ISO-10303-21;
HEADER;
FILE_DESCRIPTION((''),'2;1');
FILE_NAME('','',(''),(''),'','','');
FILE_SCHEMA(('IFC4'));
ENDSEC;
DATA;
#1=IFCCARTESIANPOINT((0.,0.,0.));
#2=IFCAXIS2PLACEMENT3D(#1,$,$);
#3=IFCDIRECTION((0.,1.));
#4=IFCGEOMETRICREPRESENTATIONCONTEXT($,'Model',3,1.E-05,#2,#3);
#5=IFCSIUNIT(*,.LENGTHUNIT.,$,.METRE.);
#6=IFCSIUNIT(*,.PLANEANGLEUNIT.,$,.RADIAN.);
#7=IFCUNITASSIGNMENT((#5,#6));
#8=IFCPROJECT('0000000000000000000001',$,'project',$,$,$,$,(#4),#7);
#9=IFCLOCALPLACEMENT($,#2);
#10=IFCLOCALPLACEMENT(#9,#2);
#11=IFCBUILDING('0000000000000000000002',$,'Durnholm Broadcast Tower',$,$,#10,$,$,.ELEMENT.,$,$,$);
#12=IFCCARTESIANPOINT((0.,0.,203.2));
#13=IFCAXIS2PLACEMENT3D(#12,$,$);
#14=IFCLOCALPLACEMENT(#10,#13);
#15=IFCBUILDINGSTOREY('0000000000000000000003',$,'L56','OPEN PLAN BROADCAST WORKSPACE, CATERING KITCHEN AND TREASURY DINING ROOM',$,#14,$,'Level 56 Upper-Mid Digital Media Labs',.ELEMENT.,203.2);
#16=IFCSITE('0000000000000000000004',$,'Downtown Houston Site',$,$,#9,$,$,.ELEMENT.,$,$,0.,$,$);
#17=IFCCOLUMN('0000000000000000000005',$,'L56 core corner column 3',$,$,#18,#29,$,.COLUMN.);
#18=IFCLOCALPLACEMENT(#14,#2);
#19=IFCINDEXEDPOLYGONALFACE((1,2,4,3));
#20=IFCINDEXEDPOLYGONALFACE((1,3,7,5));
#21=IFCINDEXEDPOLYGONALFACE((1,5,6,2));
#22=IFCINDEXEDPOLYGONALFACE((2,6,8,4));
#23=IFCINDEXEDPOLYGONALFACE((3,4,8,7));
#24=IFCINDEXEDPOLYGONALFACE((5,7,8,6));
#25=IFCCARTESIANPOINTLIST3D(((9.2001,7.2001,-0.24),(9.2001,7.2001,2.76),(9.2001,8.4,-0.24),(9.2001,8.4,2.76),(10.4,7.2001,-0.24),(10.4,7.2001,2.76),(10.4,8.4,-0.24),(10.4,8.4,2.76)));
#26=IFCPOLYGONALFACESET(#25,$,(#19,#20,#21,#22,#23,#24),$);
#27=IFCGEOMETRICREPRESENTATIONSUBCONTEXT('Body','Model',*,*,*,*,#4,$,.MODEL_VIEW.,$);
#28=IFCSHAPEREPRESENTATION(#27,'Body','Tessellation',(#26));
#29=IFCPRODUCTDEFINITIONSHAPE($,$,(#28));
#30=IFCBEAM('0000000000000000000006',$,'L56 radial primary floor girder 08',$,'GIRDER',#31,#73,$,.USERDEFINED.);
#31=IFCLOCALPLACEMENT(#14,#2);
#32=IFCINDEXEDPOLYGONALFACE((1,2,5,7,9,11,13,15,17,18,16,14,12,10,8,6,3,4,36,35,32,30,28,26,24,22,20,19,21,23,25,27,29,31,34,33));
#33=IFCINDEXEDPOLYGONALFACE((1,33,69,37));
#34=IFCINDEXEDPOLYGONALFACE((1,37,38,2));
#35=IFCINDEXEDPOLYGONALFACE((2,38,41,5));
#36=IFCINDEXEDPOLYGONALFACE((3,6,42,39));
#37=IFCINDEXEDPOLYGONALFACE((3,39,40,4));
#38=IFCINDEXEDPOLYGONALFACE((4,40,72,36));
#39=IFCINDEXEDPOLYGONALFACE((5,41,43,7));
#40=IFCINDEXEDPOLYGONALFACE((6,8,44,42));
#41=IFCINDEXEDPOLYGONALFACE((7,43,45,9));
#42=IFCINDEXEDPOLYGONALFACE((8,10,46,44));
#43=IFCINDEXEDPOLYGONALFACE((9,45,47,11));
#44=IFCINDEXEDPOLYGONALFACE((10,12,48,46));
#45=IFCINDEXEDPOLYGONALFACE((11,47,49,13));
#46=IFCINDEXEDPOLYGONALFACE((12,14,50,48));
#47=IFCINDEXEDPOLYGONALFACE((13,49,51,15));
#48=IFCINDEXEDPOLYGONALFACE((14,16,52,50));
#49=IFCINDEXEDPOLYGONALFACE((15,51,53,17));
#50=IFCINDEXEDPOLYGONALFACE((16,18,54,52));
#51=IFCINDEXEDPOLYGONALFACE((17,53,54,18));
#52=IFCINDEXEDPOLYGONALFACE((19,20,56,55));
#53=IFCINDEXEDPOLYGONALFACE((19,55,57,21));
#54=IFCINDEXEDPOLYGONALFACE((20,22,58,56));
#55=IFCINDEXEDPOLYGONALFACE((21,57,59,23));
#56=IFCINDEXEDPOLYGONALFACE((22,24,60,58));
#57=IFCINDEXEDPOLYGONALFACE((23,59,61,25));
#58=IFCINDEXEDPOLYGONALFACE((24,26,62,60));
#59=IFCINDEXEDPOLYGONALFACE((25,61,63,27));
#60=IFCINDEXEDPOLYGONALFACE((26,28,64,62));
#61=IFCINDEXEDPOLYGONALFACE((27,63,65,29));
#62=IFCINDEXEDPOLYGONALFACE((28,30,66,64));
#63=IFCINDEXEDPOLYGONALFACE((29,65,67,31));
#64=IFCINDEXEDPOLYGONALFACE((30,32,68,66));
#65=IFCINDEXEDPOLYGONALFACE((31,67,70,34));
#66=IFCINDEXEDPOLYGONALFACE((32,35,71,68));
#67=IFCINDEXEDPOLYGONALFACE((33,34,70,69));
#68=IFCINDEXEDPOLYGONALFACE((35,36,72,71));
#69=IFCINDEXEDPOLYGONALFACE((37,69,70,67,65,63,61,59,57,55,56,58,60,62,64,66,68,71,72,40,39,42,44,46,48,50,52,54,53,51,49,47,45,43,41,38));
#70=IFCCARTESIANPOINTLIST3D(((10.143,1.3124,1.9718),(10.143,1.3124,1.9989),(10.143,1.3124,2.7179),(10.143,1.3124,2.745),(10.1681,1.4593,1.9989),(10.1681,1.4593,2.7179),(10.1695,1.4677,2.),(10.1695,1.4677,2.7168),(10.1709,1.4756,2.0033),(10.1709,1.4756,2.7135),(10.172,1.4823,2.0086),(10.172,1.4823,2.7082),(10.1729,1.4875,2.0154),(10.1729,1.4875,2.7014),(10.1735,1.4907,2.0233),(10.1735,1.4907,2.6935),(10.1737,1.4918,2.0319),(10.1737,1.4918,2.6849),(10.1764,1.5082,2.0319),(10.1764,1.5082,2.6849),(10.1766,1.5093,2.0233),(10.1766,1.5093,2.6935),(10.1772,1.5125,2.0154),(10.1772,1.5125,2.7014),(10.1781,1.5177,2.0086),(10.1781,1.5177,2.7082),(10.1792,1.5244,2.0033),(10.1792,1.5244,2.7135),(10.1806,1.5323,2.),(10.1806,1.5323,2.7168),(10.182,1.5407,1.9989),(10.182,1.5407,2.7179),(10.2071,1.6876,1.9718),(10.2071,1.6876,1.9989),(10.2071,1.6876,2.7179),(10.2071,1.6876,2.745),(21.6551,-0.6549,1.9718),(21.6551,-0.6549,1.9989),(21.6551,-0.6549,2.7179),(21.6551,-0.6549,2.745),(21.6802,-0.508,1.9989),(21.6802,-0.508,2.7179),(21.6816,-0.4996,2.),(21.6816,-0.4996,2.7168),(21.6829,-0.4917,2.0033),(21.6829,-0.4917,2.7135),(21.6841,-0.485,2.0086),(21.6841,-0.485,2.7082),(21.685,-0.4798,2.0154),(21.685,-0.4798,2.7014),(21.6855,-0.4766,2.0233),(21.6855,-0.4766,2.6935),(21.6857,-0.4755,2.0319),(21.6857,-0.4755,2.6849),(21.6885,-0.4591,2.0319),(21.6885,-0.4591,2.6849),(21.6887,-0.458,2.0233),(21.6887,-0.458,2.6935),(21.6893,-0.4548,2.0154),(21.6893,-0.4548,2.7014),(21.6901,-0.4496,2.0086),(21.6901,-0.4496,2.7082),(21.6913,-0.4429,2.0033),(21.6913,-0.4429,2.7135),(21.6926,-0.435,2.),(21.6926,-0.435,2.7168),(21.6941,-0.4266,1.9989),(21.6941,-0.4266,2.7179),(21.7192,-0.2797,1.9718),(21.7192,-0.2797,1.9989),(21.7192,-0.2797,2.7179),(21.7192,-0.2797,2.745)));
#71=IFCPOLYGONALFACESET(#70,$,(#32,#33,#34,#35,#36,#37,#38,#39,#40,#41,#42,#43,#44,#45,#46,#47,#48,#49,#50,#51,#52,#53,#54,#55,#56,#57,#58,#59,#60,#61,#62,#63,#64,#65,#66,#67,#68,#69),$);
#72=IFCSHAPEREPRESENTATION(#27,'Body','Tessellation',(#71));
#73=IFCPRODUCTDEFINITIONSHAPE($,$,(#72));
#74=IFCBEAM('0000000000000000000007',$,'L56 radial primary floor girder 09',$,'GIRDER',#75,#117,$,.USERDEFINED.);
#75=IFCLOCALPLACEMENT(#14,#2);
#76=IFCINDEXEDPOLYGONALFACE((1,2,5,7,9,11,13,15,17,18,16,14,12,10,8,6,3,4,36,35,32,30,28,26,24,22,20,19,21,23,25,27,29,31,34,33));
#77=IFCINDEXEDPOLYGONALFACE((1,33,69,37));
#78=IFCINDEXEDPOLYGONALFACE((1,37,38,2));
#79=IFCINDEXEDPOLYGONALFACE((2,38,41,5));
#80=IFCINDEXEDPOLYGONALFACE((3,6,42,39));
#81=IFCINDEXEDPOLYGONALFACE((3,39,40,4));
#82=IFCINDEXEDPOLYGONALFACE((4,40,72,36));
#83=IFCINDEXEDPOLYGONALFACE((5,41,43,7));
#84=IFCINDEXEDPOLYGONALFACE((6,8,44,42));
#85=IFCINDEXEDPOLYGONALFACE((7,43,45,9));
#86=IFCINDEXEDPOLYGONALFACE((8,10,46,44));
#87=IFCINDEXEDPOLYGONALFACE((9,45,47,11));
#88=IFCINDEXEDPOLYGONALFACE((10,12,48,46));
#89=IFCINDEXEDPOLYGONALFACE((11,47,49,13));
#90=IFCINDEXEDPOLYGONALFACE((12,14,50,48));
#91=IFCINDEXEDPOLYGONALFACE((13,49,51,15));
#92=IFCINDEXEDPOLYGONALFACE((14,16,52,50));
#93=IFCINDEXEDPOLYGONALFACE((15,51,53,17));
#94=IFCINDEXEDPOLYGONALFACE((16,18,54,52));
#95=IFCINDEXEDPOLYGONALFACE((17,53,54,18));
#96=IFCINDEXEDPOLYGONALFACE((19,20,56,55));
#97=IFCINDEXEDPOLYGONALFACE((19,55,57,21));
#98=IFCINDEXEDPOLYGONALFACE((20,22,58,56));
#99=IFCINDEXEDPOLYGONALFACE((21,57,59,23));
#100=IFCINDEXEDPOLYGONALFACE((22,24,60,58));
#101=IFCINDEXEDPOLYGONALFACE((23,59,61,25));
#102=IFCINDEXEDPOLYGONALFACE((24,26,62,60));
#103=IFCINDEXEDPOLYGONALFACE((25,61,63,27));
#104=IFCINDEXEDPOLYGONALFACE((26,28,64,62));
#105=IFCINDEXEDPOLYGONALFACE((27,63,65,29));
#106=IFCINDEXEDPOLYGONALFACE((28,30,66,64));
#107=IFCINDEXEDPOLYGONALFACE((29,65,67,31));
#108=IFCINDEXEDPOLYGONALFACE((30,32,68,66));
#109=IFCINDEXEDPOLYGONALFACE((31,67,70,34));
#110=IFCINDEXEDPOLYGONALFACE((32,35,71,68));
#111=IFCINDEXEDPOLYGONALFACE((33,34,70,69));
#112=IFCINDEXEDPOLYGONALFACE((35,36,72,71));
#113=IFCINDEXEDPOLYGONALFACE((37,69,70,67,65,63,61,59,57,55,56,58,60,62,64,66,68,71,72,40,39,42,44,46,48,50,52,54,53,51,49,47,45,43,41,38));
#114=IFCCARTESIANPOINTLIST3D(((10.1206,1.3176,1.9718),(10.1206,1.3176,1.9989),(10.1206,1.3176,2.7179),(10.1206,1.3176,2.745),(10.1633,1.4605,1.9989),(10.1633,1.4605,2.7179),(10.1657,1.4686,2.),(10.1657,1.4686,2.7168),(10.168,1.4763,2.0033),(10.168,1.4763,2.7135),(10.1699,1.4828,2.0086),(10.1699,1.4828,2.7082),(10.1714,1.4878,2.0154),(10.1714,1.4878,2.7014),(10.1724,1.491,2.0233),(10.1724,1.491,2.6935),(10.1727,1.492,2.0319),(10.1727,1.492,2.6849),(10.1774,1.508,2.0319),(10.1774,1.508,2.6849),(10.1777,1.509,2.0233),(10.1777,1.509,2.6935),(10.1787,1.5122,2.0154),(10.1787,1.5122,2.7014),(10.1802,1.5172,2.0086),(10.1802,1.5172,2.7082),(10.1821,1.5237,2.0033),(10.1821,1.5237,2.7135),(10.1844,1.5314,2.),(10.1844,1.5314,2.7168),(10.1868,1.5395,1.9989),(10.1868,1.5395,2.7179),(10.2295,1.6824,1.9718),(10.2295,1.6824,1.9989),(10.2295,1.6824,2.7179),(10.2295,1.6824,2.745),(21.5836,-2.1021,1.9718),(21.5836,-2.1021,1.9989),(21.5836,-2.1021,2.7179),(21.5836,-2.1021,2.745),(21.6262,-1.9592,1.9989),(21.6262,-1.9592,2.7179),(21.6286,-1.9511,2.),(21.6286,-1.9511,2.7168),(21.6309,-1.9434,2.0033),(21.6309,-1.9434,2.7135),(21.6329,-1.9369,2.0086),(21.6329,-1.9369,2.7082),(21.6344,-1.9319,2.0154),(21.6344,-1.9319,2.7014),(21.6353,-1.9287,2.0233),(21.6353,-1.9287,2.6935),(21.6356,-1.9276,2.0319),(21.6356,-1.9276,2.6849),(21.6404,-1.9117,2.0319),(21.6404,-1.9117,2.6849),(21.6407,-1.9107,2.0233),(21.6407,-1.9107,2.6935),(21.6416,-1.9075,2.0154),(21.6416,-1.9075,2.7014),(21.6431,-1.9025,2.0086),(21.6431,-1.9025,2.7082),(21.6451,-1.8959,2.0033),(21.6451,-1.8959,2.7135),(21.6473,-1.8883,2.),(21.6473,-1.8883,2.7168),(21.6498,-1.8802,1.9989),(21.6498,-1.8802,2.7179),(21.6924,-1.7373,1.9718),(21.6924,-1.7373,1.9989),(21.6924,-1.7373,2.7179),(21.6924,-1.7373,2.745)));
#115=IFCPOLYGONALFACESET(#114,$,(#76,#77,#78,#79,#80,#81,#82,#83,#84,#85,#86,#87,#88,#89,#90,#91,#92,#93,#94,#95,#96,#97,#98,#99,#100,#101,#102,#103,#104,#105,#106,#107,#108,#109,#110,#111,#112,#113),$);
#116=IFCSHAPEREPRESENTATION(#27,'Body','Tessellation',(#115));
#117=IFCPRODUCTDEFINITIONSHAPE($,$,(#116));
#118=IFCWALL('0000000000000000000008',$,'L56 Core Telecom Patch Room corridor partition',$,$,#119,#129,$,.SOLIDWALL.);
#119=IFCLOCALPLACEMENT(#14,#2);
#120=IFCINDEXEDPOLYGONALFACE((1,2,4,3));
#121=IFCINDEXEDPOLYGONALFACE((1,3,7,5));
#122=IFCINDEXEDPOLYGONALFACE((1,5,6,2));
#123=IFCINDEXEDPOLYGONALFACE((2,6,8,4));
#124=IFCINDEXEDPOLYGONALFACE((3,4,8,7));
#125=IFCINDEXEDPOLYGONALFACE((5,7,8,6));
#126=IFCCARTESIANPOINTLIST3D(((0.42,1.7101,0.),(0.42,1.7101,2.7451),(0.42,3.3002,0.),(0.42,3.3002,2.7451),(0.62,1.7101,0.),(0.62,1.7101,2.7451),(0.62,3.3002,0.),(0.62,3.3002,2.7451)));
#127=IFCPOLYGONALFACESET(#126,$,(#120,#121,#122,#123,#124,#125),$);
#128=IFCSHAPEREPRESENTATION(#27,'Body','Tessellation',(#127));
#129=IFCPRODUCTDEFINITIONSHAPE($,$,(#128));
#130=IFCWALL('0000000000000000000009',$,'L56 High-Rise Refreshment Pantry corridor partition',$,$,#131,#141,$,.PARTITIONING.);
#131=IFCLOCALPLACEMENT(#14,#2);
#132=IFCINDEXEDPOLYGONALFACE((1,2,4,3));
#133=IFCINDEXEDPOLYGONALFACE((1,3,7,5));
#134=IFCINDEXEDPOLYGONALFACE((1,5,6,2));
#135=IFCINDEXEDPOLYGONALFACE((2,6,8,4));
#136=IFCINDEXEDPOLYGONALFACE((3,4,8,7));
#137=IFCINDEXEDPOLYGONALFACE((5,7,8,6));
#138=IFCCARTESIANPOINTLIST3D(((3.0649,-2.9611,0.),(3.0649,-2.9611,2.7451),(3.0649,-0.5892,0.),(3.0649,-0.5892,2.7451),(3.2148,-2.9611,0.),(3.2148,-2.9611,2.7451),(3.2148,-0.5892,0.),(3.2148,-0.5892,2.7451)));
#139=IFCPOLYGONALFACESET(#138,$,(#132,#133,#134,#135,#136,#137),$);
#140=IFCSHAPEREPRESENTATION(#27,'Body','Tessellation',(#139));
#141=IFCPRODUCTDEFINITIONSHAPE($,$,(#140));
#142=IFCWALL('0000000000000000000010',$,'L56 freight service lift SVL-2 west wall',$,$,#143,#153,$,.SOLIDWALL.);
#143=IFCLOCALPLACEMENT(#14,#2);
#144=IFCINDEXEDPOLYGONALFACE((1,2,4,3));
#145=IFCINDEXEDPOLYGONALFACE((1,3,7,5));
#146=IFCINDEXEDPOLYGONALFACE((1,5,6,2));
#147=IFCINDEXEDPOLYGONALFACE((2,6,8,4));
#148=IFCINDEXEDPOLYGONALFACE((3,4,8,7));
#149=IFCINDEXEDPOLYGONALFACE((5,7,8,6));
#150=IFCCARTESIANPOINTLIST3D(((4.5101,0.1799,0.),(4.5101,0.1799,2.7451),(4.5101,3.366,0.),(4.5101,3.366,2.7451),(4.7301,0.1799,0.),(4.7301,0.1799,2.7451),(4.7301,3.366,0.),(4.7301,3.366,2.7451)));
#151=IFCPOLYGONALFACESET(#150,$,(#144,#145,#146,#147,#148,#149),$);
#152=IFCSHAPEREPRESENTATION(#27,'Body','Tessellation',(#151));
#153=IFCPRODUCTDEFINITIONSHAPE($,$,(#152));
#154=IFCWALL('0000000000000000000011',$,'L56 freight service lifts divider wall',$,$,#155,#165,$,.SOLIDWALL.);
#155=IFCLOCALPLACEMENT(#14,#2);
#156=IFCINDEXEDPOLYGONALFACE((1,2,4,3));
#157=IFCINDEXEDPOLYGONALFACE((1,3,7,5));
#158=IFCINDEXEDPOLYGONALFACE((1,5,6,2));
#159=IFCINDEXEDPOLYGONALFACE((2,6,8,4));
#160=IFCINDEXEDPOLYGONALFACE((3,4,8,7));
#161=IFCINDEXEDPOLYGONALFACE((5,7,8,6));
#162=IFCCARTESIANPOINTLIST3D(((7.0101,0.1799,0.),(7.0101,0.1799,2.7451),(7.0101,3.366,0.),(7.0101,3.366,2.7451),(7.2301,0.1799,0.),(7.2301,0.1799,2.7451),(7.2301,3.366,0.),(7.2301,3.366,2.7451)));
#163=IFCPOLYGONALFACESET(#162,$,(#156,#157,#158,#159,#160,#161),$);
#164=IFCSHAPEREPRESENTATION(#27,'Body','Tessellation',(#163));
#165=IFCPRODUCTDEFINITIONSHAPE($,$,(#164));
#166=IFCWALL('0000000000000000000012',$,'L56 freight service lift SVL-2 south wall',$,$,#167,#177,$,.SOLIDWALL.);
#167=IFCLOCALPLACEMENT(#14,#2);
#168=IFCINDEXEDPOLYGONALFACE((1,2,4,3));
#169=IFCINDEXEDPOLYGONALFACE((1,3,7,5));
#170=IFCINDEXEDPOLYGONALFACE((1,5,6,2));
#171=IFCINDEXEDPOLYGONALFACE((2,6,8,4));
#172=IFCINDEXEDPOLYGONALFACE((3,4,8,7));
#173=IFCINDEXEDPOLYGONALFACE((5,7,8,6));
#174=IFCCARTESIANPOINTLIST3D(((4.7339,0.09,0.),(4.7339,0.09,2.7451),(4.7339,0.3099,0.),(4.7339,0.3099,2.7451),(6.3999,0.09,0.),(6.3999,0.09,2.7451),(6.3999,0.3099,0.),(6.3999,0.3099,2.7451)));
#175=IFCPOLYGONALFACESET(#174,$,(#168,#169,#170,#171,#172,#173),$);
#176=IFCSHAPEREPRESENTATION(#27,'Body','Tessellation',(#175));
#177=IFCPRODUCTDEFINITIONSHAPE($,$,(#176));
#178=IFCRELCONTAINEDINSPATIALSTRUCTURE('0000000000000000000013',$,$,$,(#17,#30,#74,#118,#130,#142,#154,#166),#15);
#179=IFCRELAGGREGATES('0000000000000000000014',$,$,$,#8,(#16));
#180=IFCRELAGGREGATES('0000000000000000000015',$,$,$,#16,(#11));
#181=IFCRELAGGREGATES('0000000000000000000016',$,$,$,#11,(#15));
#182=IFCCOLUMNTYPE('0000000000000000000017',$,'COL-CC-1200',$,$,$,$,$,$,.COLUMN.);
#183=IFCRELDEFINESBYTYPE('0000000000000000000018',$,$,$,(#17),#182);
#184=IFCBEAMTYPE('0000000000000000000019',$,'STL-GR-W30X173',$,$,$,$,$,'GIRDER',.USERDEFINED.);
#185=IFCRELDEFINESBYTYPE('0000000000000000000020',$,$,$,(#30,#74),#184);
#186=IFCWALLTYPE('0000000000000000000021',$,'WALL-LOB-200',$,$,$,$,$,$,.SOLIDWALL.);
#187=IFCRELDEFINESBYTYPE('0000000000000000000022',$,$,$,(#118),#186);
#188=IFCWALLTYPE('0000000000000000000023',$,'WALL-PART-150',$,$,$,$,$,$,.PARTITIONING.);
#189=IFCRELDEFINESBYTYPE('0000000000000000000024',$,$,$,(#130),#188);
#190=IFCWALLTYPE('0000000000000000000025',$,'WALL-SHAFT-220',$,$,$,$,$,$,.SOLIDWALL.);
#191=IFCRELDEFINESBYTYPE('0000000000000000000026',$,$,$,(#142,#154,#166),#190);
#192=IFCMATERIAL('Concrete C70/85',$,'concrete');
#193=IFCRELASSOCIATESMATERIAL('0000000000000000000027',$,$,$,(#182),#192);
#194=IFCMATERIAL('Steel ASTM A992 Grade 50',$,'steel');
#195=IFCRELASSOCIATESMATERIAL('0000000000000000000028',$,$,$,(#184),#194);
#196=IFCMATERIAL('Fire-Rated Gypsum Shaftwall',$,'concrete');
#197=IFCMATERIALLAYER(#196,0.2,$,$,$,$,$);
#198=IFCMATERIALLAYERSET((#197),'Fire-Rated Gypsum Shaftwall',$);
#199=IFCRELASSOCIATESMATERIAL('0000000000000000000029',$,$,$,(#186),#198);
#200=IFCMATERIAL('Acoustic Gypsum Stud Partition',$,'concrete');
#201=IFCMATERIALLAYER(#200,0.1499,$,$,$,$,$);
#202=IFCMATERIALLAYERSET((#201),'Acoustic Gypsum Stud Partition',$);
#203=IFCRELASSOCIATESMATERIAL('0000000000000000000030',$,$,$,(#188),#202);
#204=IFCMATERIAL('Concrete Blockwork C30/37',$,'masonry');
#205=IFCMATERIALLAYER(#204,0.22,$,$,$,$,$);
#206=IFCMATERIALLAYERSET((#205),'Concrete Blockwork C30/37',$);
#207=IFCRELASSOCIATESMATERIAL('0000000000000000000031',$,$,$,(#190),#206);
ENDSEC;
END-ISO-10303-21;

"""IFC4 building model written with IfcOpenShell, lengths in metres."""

from ifc_helpers import new_model, si_unit, direction, frame, frame_2d, origin, origin_2d, place, context, subcontext, project, spatial, rectangle, i_section, extrude, source, transform, mapped, material, layer, layer_set, material_profile, profile_set, type_object, type_shapes, element, save


model = new_model("IFC4")

# Units and contexts
model_context = context("Model", 3, precision=1e-05, world=origin(), true_north=direction((0.0, 1.0)))
body_context = subcontext(model_context, "Body", "Model", "MODEL_VIEW")
ifc_project = project(units=[si_unit("LENGTHUNIT", "METRE"), si_unit("PLANEANGLEUNIT", "RADIAN")], contexts=[model_context])

# Site, building, storey
site_placement = place(None, origin())
site = spatial("IfcSite", under=ifc_project, at=site_placement, Name="Downtown Houston Site", CompositionType="ELEMENT", RefElevation=0.0)
building_placement = place(site_placement, origin())
building = spatial("IfcBuilding", under=site, at=building_placement, Name="Durnholm Broadcast Tower", CompositionType="ELEMENT")
storey_placement = place(building_placement, frame((0.0, 0.0, 203.2)))
storey = spatial("IfcBuildingStorey", under=building, at=storey_placement, Name="L56", Description="OPEN PLAN BROADCAST WORKSPACE, CATERING KITCHEN AND TREASURY DINING ROOM", LongName="Level 56 Upper-Mid Digital Media Labs", CompositionType="ELEMENT", Elevation=203.2)

# Column
ifc_material_1 = material(Name="Concrete C70/85", Category="concrete")
ifc_material_profile_1 = material_profile(ifc_material_1, rectangle(XDim=1.2, YDim=1.2, at=origin_2d()), Name="RC1200X1200")
ifc_profile_set_1 = profile_set([ifc_material_profile_1], Name="Concrete C70/85")
column_type = type_object("IfcColumnType", Name="COL-CC-1200", PredefinedType="COLUMN", material=ifc_profile_set_1)
shared_shape_1 = source(origin(), body_context, "Body", "SweptSolid", [
    extrude(rectangle(XDim=1.2, YDim=1.2, at=origin_2d()), origin(), (0.0, 0.0, 1.0), 3.0),
])
type_shapes(column_type, [shared_shape_1])
column_placement = place(storey_placement, frame((9.8, 7.8, -0.24), z_axis=(0.0, 0.0, 1.0), x_axis=(1.0, 0.0, 0.0)))
element("IfcColumn", 1, at=column_placement, inside=storey, type_object=column_type, Name="L56 core corner column 3", PredefinedType="COLUMN", context=body_context, shape_type="MappedRepresentation", body=[
    mapped(shared_shape_1, transform((0.0, 0.0, 0.0), x_axis=(1.0, 0.0, 0.0), y_axis=(0.0, 1.0, 0.0), z_axis=(0.0, 0.0, 1.0), scale=1.0)),
])

# Beams
ifc_material_2 = material(Name="Steel ASTM A992 Grade 50", Category="steel")
ifc_material_profile_2 = material_profile(ifc_material_2, i_section(OverallWidth=0.3806, OverallDepth=0.7732, WebThickness=0.0166, FlangeThickness=0.0271, FilletRadius=0.033, at=origin_2d()), Name="W30X173")
ifc_profile_set_2 = profile_set([ifc_material_profile_2], Name="Steel ASTM A992 Grade 50")
beam_type = type_object("IfcBeamType", Name="STL-GR-W30X173", ElementType="GIRDER", PredefinedType="USERDEFINED", material=ifc_profile_set_2)
shared_shape_2 = source(origin(), body_context, "Body", "SweptSolid", [
    extrude(i_section(OverallWidth=0.3806, OverallDepth=0.7732, WebThickness=0.0166, FlangeThickness=0.0271, FilletRadius=0.033, at=origin_2d()), origin(), (0.0, 0.0, 1.0), 11.679),
])
beam_1_placement = place(storey_placement, frame((10.175, 1.5, 2.3584), z_axis=(0.98571, -0.168449, 0.0), x_axis=(0.168449, 0.98571, 0.0)))
element("IfcBeam", 2, at=beam_1_placement, inside=storey, type_object=beam_type, Name="L56 radial primary floor girder 08", ObjectType="GIRDER", PredefinedType="USERDEFINED", context=body_context, shape_type="MappedRepresentation", body=[
    mapped(shared_shape_2, transform((0.0, 0.0, 0.0), x_axis=(1.0, 0.0, 0.0), y_axis=(0.0, 1.0, 0.0), z_axis=(0.0, 0.0, 1.0), scale=1.0)),
])
shared_shape_3 = source(origin(), body_context, "Body", "SweptSolid", [
    extrude(i_section(OverallWidth=0.3806, OverallDepth=0.7732, WebThickness=0.0166, FlangeThickness=0.0271, FilletRadius=0.033, at=origin_2d()), origin(), (0.0, 0.0, 1.0), 11.9622),
])
type_shapes(beam_type, [shared_shape_2, shared_shape_3])
beam_2_placement = place(storey_placement, frame((10.175, 1.5, 2.3584), z_axis=(0.958267, -0.285876, 0.0), x_axis=(0.285876, 0.958267, 0.0)))
element("IfcBeam", 3, at=beam_2_placement, inside=storey, type_object=beam_type, Name="L56 radial primary floor girder 09", ObjectType="GIRDER", PredefinedType="USERDEFINED", context=body_context, shape_type="MappedRepresentation", body=[
    mapped(shared_shape_3, transform((0.0, 0.0, 0.0), x_axis=(1.0, 0.0, 0.0), y_axis=(0.0, 1.0, 0.0), z_axis=(0.0, 0.0, 1.0), scale=1.0)),
])

# Walls
ifc_material_3 = material(Name="Fire-Rated Gypsum Shaftwall", Category="concrete")
ifc_layer_1 = layer(ifc_material_3, 0.2)
ifc_layer_set_1 = layer_set([ifc_layer_1], Name="Fire-Rated Gypsum Shaftwall")
wall_type_1 = type_object("IfcWallType", Name="WALL-LOB-200", PredefinedType="SOLIDWALL", material=ifc_layer_set_1)
wall_1_placement = place(storey_placement, frame((0.52, 3.3, 0.0), z_axis=(0.0, 0.0, 1.0), x_axis=(0.0, -1.0, 0.0)))
element("IfcWall", 4, at=wall_1_placement, inside=storey, type_object=wall_type_1, Name="L56 Core Telecom Patch Room corridor partition", PredefinedType="SOLIDWALL", context=body_context, shape_type="SweptSolid", body=[
    extrude(rectangle(XDim=1.5901, YDim=0.2, at=frame_2d((0.7949, 0.0))), origin(), (0.0, 0.0, 1.0), 2.7451),
])
ifc_material_4 = material(Name="Acoustic Gypsum Stud Partition", Category="concrete")
ifc_layer_2 = layer(ifc_material_4, 0.1499)
ifc_layer_set_2 = layer_set([ifc_layer_2], Name="Acoustic Gypsum Stud Partition")
wall_type_2 = type_object("IfcWallType", Name="WALL-PART-150", PredefinedType="PARTITIONING", material=ifc_layer_set_2)
wall_2_placement = place(storey_placement, frame((3.1399, -0.5891, 0.0), z_axis=(0.0, 0.0, 1.0), x_axis=(0.0, -1.0, 0.0)))
element("IfcWall", 5, at=wall_2_placement, inside=storey, type_object=wall_type_2, Name="L56 High-Rise Refreshment Pantry corridor partition", PredefinedType="PARTITIONING", context=body_context, shape_type="SweptSolid", body=[
    extrude(rectangle(XDim=2.3718, YDim=0.1499, at=frame_2d((1.186, 0.0))), origin(), (0.0, 0.0, 1.0), 2.7451),
])

# Shared definitions
ifc_material_5 = material(Name="Concrete Blockwork C30/37", Category="masonry")
ifc_layer_3 = layer(ifc_material_5, 0.22)
ifc_layer_set_3 = layer_set([ifc_layer_3], Name="Concrete Blockwork C30/37")
wall_type_3 = type_object("IfcWallType", Name="WALL-SHAFT-220", PredefinedType="SOLIDWALL", material=ifc_layer_set_3)

# Walls
for number, where, z_axis, x_axis, name in (
    (6, (4.6201, 0.1799, 0.0), (0.0, 0.0, 1.0), (0.0, 1.0, 0.0), "L56 freight service lift SVL-2 west wall"),
    (7, (7.1201, 0.1799, 0.0), (0.0, 0.0, 1.0), (0.0, 1.0, 0.0), "L56 freight service lifts divider wall"),
):
    element("IfcWall", number, at=place(storey_placement, frame(where, z_axis=z_axis, x_axis=x_axis)), inside=storey, type_object=wall_type_3, Name=name, PredefinedType="SOLIDWALL", context=body_context, shape_type="SweptSolid", body=[
        extrude(rectangle(XDim=3.186, YDim=0.22, at=frame_2d((1.593, 0.0))), origin(), (0.0, 0.0, 1.0), 2.7451),
    ])
wall_3_placement = place(storey_placement, frame((4.7339, 0.2, 0.0), z_axis=(0.0, 0.0, 1.0), x_axis=(1.0, 0.0, 0.0)))
element("IfcWall", 8, at=wall_3_placement, inside=storey, type_object=wall_type_3, Name="L56 freight service lift SVL-2 south wall", PredefinedType="SOLIDWALL", context=body_context, shape_type="SweptSolid", body=[
    extrude(rectangle(XDim=1.666, YDim=0.22, at=frame_2d((0.833, 0.0))), origin(), (0.0, 0.0, 1.0), 2.7451),
])

save(model, "model.ifc")
